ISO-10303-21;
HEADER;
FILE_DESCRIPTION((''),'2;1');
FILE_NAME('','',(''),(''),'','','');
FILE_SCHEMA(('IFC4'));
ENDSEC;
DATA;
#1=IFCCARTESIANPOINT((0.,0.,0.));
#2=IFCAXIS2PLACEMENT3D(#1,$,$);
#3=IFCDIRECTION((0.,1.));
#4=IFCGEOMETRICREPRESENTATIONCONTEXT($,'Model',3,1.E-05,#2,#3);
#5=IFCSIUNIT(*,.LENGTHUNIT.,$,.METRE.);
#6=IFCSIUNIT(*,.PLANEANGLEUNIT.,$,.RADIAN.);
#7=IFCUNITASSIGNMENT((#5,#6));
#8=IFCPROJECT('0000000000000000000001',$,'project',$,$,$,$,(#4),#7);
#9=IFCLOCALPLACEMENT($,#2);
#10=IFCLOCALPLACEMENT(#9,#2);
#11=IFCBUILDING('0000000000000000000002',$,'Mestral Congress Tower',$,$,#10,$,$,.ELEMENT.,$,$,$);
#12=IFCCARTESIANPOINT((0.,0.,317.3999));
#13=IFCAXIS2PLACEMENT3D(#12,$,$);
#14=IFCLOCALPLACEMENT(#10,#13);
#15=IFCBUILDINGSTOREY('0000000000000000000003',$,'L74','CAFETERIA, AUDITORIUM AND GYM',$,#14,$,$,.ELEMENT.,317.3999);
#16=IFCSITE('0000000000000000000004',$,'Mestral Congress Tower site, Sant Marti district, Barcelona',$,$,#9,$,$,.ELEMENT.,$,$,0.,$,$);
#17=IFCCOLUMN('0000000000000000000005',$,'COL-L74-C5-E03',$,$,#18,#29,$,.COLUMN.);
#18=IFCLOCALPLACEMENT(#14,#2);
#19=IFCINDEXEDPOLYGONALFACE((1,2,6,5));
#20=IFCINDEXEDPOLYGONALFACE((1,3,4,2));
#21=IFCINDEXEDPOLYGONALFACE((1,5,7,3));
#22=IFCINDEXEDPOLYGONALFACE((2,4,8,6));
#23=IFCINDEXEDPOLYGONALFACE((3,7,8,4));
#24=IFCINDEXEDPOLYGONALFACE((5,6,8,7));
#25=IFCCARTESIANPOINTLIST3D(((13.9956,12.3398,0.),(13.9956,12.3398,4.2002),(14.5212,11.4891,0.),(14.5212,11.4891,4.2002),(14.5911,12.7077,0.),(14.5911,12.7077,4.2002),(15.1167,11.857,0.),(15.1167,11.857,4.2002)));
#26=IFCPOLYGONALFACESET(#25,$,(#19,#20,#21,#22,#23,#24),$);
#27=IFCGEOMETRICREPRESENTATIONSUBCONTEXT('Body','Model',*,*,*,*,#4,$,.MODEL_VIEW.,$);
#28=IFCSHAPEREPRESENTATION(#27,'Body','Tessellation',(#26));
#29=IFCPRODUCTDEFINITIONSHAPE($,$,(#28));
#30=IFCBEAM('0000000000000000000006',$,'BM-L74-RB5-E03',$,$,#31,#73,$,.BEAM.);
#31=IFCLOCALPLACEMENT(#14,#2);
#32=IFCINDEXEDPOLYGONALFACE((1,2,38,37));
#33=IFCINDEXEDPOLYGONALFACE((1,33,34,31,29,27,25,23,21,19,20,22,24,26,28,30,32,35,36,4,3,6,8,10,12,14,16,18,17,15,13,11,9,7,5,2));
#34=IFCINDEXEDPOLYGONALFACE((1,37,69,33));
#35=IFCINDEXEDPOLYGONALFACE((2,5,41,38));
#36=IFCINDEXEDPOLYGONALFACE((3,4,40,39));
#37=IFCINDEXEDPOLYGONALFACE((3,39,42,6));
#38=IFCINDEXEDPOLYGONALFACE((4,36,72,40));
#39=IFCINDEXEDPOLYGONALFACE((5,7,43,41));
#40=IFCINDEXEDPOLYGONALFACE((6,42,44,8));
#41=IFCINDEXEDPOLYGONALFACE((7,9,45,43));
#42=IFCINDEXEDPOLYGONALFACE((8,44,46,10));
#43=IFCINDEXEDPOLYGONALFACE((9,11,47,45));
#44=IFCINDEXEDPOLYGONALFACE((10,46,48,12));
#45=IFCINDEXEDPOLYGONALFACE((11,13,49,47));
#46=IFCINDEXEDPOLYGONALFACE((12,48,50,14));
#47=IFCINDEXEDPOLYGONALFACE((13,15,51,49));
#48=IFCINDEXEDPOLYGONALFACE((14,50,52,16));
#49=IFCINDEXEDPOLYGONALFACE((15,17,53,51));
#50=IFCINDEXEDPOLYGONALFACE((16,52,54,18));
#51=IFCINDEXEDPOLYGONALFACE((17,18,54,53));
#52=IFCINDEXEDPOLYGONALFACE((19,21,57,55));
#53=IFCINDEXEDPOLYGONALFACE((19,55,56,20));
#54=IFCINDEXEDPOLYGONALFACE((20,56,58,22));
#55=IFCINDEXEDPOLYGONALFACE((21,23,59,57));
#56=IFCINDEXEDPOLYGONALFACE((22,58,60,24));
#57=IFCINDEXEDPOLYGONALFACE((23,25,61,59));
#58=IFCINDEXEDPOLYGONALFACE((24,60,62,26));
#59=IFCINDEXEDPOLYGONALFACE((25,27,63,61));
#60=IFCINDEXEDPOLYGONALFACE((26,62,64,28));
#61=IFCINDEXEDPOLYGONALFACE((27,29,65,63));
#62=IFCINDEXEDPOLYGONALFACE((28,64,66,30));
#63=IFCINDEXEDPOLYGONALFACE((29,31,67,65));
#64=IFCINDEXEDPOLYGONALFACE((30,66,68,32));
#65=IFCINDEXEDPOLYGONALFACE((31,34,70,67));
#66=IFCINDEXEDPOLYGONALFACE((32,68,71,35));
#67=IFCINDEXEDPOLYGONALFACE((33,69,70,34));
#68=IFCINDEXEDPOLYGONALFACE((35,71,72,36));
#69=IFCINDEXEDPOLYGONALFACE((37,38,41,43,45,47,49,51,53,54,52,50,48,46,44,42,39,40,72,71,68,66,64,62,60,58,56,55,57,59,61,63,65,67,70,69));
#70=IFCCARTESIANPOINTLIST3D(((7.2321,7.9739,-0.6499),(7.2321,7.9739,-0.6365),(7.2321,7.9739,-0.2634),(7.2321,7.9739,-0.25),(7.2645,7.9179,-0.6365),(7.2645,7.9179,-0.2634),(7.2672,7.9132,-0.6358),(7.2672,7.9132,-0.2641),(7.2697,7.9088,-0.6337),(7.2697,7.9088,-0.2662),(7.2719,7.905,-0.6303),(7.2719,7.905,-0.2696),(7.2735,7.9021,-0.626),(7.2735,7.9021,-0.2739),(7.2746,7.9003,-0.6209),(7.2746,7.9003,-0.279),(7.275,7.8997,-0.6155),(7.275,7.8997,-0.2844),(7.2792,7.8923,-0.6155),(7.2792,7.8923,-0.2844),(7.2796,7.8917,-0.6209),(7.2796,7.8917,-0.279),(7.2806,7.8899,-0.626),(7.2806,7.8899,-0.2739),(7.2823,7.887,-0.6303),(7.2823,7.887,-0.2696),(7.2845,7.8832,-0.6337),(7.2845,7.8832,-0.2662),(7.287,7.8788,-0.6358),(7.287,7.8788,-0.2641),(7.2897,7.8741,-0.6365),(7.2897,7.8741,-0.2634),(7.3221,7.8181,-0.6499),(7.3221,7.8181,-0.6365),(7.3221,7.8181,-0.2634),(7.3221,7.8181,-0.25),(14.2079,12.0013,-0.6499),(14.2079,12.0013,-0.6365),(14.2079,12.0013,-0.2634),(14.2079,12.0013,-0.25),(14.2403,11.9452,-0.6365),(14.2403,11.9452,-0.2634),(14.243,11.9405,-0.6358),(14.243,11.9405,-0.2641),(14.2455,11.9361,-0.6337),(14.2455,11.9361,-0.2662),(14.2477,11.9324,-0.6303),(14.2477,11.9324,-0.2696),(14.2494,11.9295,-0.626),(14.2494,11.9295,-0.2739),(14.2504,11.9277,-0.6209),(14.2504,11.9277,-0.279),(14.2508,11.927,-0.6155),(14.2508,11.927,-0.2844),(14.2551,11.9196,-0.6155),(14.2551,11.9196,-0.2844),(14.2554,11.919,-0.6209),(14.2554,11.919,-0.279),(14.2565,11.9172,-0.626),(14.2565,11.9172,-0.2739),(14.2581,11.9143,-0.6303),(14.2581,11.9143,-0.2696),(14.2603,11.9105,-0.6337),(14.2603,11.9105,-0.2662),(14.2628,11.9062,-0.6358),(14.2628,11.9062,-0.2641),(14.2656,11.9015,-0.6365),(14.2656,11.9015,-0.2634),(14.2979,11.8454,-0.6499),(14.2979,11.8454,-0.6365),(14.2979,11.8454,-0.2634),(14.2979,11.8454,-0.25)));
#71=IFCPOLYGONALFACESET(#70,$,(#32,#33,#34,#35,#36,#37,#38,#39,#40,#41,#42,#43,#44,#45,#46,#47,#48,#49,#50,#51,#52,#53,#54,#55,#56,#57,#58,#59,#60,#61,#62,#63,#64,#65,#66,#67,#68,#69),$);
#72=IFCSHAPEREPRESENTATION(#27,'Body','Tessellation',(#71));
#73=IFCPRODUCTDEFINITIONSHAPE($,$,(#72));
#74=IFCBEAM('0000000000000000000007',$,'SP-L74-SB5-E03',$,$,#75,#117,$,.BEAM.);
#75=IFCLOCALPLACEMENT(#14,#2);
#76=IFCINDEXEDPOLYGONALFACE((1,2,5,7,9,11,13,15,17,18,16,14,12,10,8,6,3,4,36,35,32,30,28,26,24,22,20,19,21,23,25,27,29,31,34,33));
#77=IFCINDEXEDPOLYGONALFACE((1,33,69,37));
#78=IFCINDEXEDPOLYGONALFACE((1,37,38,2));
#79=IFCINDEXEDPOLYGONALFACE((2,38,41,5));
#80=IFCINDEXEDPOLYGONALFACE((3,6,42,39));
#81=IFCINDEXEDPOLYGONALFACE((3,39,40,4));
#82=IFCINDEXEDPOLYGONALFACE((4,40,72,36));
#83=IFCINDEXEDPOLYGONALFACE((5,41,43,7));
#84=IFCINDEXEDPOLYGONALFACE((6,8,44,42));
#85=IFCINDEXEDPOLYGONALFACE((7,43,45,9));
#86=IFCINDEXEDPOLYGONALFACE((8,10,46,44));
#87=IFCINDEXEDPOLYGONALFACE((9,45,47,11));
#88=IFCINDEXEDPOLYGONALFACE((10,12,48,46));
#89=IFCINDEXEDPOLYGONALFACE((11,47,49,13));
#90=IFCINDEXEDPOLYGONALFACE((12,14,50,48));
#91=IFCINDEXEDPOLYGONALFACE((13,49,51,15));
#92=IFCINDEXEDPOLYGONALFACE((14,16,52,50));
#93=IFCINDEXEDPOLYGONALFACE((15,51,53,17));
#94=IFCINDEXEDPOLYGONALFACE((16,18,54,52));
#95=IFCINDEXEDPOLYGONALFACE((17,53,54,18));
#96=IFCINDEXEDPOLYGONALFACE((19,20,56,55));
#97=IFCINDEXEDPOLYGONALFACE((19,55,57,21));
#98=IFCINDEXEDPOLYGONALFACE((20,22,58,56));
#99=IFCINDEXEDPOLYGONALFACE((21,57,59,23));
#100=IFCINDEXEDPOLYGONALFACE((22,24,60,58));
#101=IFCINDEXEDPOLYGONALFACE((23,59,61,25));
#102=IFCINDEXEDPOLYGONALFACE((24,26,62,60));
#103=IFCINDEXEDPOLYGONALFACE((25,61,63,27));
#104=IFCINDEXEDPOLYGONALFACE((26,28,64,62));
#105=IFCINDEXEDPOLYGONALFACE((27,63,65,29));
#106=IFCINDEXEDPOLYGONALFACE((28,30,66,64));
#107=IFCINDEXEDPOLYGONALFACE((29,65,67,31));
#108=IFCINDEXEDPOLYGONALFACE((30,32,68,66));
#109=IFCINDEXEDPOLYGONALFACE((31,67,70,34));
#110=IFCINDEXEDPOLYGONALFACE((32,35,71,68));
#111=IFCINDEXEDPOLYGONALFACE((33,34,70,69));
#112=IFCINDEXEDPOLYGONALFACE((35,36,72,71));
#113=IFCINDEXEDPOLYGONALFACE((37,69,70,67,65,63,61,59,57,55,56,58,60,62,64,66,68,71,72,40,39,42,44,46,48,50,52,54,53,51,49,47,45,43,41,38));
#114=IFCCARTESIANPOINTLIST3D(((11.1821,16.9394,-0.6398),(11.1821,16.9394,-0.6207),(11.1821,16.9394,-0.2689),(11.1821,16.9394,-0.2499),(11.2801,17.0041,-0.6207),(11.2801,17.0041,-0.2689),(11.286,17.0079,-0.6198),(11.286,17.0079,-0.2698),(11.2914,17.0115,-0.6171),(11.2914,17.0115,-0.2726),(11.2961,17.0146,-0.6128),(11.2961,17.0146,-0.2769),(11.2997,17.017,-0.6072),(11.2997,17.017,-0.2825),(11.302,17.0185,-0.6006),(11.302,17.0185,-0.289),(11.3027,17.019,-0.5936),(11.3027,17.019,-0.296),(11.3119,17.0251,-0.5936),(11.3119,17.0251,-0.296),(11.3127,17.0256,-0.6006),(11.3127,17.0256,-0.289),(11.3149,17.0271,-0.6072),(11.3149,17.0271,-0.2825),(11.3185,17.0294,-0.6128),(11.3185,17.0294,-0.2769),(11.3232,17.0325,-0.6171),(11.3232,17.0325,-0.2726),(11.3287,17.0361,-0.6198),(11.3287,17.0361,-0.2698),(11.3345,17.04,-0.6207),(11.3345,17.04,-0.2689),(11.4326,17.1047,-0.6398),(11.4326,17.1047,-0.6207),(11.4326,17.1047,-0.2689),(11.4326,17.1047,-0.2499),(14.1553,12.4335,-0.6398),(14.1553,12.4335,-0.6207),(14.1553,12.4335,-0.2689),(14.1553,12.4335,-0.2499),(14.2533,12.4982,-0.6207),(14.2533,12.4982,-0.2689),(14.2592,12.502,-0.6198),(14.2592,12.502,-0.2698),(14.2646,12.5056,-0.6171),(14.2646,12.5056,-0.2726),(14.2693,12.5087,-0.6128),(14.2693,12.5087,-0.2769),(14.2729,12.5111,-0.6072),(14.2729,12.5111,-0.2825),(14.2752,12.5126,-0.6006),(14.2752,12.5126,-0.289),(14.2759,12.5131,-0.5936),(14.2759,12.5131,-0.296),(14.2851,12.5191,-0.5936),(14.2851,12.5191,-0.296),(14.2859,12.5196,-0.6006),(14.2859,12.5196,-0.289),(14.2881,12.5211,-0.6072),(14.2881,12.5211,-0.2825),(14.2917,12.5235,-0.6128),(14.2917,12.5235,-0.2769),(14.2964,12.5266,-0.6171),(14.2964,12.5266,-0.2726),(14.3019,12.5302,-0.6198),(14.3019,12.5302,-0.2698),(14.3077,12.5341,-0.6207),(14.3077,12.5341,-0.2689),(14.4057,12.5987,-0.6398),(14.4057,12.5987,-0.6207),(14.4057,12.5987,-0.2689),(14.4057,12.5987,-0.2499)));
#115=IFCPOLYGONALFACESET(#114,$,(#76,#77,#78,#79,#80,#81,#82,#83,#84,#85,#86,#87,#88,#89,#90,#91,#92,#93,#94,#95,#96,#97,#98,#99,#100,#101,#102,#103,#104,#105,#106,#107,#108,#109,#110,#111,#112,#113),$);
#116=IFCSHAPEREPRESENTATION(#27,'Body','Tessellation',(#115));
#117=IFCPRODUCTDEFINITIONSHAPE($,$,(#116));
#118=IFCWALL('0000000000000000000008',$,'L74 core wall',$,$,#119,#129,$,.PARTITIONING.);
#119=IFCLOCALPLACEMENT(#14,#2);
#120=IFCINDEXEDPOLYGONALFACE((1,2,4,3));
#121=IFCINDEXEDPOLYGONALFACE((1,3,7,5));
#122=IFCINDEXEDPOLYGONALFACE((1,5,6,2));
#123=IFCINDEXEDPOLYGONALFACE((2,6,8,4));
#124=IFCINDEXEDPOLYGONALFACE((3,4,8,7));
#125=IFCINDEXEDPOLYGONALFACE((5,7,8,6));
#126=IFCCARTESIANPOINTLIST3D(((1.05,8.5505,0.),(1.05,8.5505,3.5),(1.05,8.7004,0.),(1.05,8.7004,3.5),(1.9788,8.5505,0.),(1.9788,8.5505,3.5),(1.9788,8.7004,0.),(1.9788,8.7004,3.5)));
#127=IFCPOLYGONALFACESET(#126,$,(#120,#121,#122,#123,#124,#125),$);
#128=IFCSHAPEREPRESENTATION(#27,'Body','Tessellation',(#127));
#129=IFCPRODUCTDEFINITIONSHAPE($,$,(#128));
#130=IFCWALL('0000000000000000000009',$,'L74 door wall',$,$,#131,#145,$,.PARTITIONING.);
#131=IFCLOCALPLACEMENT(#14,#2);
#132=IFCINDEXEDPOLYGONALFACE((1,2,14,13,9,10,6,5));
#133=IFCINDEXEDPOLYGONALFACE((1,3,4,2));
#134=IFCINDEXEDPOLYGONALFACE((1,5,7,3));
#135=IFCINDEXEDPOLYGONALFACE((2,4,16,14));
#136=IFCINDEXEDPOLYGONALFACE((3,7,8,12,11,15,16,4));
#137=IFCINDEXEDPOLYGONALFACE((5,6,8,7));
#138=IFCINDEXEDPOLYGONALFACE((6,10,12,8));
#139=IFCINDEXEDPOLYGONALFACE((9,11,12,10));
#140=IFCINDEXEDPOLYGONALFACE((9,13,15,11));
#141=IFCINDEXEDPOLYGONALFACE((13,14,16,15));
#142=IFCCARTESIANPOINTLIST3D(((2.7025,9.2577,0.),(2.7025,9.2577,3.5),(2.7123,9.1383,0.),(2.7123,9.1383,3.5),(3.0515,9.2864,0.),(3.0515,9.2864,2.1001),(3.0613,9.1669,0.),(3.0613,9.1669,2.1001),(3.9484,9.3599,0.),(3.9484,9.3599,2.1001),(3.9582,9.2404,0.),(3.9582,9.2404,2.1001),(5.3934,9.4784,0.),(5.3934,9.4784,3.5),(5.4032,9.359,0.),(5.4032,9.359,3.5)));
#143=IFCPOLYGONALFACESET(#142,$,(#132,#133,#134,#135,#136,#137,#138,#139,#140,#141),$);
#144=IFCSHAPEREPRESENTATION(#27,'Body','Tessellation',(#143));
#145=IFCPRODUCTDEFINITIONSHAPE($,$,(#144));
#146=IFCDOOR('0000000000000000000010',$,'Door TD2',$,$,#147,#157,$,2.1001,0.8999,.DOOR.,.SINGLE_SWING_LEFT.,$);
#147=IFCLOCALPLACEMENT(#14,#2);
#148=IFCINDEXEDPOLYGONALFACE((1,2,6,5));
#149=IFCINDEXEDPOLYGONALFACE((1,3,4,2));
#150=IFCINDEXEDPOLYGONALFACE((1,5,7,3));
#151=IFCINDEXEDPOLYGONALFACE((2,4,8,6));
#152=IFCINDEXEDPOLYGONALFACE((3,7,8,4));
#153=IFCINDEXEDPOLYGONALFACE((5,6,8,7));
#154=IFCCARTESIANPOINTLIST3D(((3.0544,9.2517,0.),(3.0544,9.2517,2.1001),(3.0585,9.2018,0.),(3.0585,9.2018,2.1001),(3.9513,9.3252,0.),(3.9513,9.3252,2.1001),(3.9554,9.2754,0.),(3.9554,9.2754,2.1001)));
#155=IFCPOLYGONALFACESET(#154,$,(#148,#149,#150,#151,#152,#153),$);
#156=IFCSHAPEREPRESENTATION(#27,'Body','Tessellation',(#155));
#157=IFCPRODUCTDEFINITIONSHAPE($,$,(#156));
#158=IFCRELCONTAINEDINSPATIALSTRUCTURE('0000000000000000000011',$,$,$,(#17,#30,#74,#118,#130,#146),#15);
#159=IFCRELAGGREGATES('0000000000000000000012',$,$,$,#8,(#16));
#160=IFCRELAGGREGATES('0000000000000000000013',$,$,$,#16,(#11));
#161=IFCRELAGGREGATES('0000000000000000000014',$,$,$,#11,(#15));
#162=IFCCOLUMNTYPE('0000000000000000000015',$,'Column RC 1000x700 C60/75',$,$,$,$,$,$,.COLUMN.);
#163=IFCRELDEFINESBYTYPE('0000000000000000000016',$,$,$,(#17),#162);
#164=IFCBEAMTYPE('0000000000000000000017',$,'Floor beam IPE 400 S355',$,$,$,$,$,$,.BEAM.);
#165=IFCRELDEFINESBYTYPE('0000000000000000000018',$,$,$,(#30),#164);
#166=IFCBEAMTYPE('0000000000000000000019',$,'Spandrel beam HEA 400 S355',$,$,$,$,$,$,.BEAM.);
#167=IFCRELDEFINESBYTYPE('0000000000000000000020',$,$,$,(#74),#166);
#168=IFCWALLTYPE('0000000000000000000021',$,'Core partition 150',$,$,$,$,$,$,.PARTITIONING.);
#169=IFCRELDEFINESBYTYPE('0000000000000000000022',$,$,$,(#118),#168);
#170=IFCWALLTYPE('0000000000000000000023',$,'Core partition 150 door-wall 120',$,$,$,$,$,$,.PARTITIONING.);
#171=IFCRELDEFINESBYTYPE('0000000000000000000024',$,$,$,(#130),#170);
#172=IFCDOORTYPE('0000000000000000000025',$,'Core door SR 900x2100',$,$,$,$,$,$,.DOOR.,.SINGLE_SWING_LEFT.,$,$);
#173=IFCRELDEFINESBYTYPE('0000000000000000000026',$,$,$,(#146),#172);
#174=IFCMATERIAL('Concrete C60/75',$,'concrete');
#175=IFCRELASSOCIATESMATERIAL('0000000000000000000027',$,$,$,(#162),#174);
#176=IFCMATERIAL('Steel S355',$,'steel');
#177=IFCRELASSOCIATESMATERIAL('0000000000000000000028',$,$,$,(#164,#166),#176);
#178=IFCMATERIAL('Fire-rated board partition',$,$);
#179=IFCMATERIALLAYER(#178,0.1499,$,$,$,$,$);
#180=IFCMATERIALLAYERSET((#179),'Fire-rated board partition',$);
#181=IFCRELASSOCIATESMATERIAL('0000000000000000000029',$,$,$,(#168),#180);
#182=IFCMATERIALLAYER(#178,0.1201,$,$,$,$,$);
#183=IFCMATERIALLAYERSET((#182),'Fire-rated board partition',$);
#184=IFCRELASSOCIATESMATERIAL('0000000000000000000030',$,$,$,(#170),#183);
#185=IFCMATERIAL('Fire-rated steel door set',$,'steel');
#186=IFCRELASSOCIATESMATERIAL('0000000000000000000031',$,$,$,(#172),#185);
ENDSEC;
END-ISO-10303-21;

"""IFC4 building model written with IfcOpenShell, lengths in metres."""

from ifc_helpers import new_model, si_unit, direction, frame, frame_2d, origin, origin_2d, place, context, subcontext, project, spatial, rectangle, i_section, extrude, material, layer, layer_set, material_profile, profile_set, type_object, element, fill, save


model = new_model("IFC4")

# Units and contexts
model_context = context("Model", 3, precision=1e-05, world=origin(), true_north=direction((0.0, 1.0)))
body_context = subcontext(model_context, "Body", "Model", "MODEL_VIEW")
ifc_project = project(units=[si_unit("LENGTHUNIT", "METRE"), si_unit("PLANEANGLEUNIT", "RADIAN")], contexts=[model_context])

# Site, building, storey
site_placement = place(None, origin())
site = spatial("IfcSite", under=ifc_project, at=site_placement, Name="Mestral Congress Tower site, Sant Marti district, Barcelona", CompositionType="ELEMENT", RefElevation=0.0)
building_placement = place(site_placement, origin())
building = spatial("IfcBuilding", under=site, at=building_placement, Name="Mestral Congress Tower", CompositionType="ELEMENT")
storey_placement = place(building_placement, frame((0.0, 0.0, 317.3999)))
storey = spatial("IfcBuildingStorey", under=building, at=storey_placement, Name="L74", Description="CAFETERIA, AUDITORIUM AND GYM", CompositionType="ELEMENT", Elevation=317.3999)

# Column
ifc_material_1 = material(Name="Concrete C60/75", Category="concrete")
ifc_material_profile_1 = material_profile(ifc_material_1, rectangle(XDim=1.0, YDim=0.7, at=origin_2d()), Name="RC 1000x700")
ifc_profile_set_1 = profile_set([ifc_material_profile_1], Name="Concrete C60/75")
column_type = type_object("IfcColumnType", Name="Column RC 1000x700 C60/75", PredefinedType="COLUMN", material=ifc_profile_set_1)
column_placement = place(storey_placement, frame((14.5562, 12.0984, 0.0), z_axis=(0.0, 0.0, 1.0), x_axis=(-0.52561, 0.850726, 0.0)))
element("IfcColumn", 1, at=column_placement, inside=storey, type_object=column_type, Name="COL-L74-C5-E03", PredefinedType="COLUMN", context=body_context, shape_type="SweptSolid", body=[
    extrude(rectangle(XDim=1.0, YDim=0.7, at=origin_2d()), origin(), (0.0, 0.0, 1.0), 4.2002),
])

# Beams
ifc_material_2 = material(Name="Steel S355", Category="steel")
ifc_material_profile_2 = material_profile(ifc_material_2, i_section(OverallWidth=0.1799, OverallDepth=0.3999, WebThickness=0.0085, FlangeThickness=0.0134, FilletRadius=0.021, at=origin_2d()), Name="IPE 400")
ifc_profile_set_2 = profile_set([ifc_material_profile_2], Name="Steel S355")
beam_type_1 = type_object("IfcBeamType", Name="Floor beam IPE 400 S355", PredefinedType="BEAM", material=ifc_profile_set_2)
beam_1_placement = place(storey_placement, frame((14.2529, 11.9233, -0.45), z_axis=(-0.866034, -0.499986, 0.0), x_axis=(0.499986, -0.866034, 0.0)))
element("IfcBeam", 2, at=beam_1_placement, inside=storey, type_object=beam_type_1, Name="BM-L74-RB5-E03", PredefinedType="BEAM", context=body_context, shape_type="SweptSolid", body=[
    extrude(i_section(OverallWidth=0.1799, OverallDepth=0.3999, WebThickness=0.0085, FlangeThickness=0.0134, FilletRadius=0.021, at=origin_2d()), origin(), (0.0, 0.0, 1.0), 8.0549),
])
ifc_material_profile_3 = material_profile(ifc_material_2, i_section(OverallWidth=0.3, OverallDepth=0.3899, WebThickness=0.011, FlangeThickness=0.019, FilletRadius=0.0271, at=origin_2d()), Name="HEA 400")
ifc_profile_set_3 = profile_set([ifc_material_profile_3], Name="Steel S355")
beam_type_2 = type_object("IfcBeamType", Name="Spandrel beam HEA 400 S355", PredefinedType="BEAM", material=ifc_profile_set_3)
beam_2_placement = place(storey_placement, frame((14.2805, 12.5161, -0.4448), z_axis=(-0.550749, 0.834671, 0.0), x_axis=(-0.834671, -0.550749, 0.0)))
element("IfcBeam", 3, at=beam_2_placement, inside=storey, type_object=beam_type_2, Name="SP-L74-SB5-E03", PredefinedType="BEAM", context=body_context, shape_type="SweptSolid", body=[
    extrude(i_section(OverallWidth=0.3, OverallDepth=0.3899, WebThickness=0.011, FlangeThickness=0.019, FilletRadius=0.0271, at=origin_2d()), origin(), (0.0, 0.0, 1.0), 5.3984),
])

# Wall
ifc_material_3 = material(Name="Fire-rated board partition")
ifc_layer_1 = layer(ifc_material_3, 0.1499)
ifc_layer_set_1 = layer_set([ifc_layer_1], Name="Fire-rated board partition")
wall_type_1 = type_object("IfcWallType", Name="Core partition 150", PredefinedType="PARTITIONING", material=ifc_layer_set_1)
wall_1_placement = place(storey_placement, frame((1.05, 8.6255, 0.0), z_axis=(0.0, 0.0, 1.0), x_axis=(1.0, 0.0, 0.0)))
element("IfcWall", 4, at=wall_1_placement, inside=storey, type_object=wall_type_1, Name="L74 core wall", PredefinedType="PARTITIONING", context=body_context, shape_type="SweptSolid", body=[
    extrude(rectangle(XDim=0.9287, YDim=0.1499, at=frame_2d((0.4644, 0.0))), origin(), (0.0, 0.0, 1.0), 3.5),
])

# Wall, opening, door
ifc_layer_2 = layer(ifc_material_3, 0.1201)
ifc_layer_set_2 = layer_set([ifc_layer_2], Name="Fire-rated board partition")
wall_type_2 = type_object("IfcWallType", Name="Core partition 150 door-wall 120", PredefinedType="PARTITIONING", material=ifc_layer_set_2)
wall_2_placement = place(storey_placement, frame((5.3984, 9.4187, 0.0), z_axis=(0.0, 0.0, 1.0), x_axis=(-0.996653, -0.081743, 0.0)))
wall_2 = element("IfcWall", 5, at=wall_2_placement, inside=storey, type_object=wall_type_2, Name="L74 door wall", PredefinedType="PARTITIONING", context=body_context, shape_type="SweptSolid", body=[
    extrude(rectangle(XDim=2.7, YDim=0.1199, at=frame_2d((1.3501, 0.0))), origin(), (0.0, 0.0, 1.0), 3.5),
])
opening_1_placement = place(wall_2_placement, frame((1.45, 0.0, 0.0)))
opening_1 = element("IfcOpeningElement", 6, at=opening_1_placement, cuts=wall_2, PredefinedType="OPENING", context=body_context, shape_type="SweptSolid", body=[
    extrude(rectangle(XDim=0.8999, YDim=2.1001, at=frame_2d((0.45, 1.05))), frame((0.0, 0.0698, 0.0), z_axis=(0.0, -1.0, 0.0), x_axis=(1.0, 0.0, 0.0)), (0.0, 0.0, 1.0), 0.1399),
])
ifc_material_4 = material(Name="Fire-rated steel door set", Category="steel")
door_type_1 = type_object("IfcDoorType", Name="Core door SR 900x2100", OperationType="SINGLE_SWING_LEFT", PredefinedType="DOOR", material=ifc_material_4)
door_1_placement = place(opening_1_placement, origin())
door_1 = element("IfcDoor", 7, at=door_1_placement, inside=storey, type_object=door_type_1, Name="Door TD2", OperationType="SINGLE_SWING_LEFT", OverallHeight=2.1001, OverallWidth=0.8999, PredefinedType="DOOR", context=body_context, shape_type="SweptSolid", body=[
    extrude(rectangle(XDim=0.8999, YDim=2.1001, at=frame_2d((0.45, 1.05))), frame((0.0, 0.0249, 0.0), z_axis=(0.0, -1.0, 0.0), x_axis=(1.0, 0.0, 0.0)), (0.0, 0.0, 1.0), 0.05),
])
fill(opening_1, door_1)

save(model, "model.ifc")
